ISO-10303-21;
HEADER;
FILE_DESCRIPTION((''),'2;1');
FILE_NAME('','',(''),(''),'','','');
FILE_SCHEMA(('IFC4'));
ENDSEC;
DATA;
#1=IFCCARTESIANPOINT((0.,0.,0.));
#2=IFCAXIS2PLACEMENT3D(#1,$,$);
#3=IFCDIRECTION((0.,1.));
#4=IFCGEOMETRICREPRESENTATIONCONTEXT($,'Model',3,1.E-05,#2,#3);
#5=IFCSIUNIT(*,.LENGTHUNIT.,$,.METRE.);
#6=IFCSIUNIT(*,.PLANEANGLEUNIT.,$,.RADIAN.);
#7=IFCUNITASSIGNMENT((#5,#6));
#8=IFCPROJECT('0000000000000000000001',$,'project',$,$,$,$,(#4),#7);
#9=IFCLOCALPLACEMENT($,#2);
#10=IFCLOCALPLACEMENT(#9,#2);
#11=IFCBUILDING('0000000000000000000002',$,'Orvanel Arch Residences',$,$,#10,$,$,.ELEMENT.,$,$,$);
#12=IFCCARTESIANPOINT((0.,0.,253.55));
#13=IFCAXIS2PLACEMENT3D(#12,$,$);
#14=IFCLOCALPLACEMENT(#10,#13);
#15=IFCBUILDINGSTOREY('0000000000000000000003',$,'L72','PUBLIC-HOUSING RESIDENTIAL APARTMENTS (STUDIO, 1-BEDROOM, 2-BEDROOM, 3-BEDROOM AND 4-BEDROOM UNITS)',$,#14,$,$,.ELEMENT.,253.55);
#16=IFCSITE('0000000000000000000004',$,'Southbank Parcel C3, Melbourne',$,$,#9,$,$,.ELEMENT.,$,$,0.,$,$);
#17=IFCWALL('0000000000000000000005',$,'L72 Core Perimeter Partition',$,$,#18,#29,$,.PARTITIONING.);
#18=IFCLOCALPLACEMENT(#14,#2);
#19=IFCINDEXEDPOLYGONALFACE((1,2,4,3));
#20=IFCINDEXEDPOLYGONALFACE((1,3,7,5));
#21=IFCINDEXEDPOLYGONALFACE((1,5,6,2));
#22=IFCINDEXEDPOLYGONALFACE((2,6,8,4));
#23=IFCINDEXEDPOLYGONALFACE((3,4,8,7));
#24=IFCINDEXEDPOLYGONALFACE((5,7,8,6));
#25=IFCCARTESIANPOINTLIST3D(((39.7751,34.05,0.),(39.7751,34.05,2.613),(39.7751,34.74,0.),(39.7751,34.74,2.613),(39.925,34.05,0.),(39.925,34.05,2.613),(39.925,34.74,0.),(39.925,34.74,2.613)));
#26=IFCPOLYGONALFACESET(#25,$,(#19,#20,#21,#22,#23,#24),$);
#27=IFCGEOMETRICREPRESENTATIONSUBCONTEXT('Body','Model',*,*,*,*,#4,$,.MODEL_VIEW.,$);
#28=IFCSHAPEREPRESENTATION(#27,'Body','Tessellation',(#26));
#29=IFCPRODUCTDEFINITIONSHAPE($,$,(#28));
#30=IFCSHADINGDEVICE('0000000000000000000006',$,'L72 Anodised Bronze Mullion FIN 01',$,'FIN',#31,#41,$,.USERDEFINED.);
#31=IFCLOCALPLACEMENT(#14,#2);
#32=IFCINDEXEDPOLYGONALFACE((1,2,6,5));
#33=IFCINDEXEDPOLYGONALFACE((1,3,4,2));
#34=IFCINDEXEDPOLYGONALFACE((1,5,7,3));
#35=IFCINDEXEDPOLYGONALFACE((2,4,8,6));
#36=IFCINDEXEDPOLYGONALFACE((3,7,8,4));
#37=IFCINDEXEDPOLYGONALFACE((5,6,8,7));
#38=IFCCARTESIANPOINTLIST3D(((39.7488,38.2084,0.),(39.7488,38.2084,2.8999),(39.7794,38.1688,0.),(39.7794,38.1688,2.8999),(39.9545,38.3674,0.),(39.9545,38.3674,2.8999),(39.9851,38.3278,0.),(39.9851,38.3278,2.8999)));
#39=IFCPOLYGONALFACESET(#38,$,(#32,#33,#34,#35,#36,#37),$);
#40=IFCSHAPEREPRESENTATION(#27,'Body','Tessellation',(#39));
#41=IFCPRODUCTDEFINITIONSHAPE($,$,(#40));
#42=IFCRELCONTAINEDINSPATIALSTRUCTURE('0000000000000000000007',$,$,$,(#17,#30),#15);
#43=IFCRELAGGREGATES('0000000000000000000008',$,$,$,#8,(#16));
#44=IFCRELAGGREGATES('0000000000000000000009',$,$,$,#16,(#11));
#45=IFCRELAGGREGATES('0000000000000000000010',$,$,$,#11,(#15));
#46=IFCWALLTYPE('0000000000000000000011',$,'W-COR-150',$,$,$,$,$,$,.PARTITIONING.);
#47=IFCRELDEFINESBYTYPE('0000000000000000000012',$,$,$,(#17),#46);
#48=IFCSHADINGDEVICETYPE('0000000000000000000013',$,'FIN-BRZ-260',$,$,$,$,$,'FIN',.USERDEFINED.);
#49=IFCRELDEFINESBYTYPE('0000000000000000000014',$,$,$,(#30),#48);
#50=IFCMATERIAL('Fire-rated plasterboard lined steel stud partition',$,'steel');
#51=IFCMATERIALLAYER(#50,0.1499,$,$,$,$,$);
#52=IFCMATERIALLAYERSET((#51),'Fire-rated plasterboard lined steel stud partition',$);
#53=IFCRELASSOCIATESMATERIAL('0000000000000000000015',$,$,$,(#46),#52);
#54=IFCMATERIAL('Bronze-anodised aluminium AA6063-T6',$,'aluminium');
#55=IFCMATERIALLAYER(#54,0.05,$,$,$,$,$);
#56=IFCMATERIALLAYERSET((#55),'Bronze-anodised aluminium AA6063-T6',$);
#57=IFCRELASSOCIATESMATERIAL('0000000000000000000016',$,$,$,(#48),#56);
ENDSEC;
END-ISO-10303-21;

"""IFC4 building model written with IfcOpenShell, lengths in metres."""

from ifc_helpers import new_model, si_unit, direction, frame, frame_2d, origin, origin_2d, place, context, subcontext, project, spatial, rectangle, extrude, material, layer, layer_set, type_object, element, save


model = new_model("IFC4")

# Units and contexts
model_context = context("Model", 3, precision=1e-05, world=origin(), true_north=direction((0.0, 1.0)))
body_context = subcontext(model_context, "Body", "Model", "MODEL_VIEW")
ifc_project = project(units=[si_unit("LENGTHUNIT", "METRE"), si_unit("PLANEANGLEUNIT", "RADIAN")], contexts=[model_context])

# Site, building, storey
site_placement = place(None, origin())
site = spatial("IfcSite", under=ifc_project, at=site_placement, Name="Southbank Parcel C3, Melbourne", CompositionType="ELEMENT", RefElevation=0.0)
building_placement = place(site_placement, origin())
building = spatial("IfcBuilding", under=site, at=building_placement, Name="Orvanel Arch Residences", CompositionType="ELEMENT")
storey_placement = place(building_placement, frame((0.0, 0.0, 253.55)))
storey = spatial("IfcBuildingStorey", under=building, at=storey_placement, Name="L72", Description="PUBLIC-HOUSING RESIDENTIAL APARTMENTS (STUDIO, 1-BEDROOM, 2-BEDROOM, 3-BEDROOM AND 4-BEDROOM UNITS)", CompositionType="ELEMENT", Elevation=253.55)

# Shared definitions
ifc_material_1 = material(Name="Bronze-anodised aluminium AA6063-T6", Category="aluminium")

# Wall
ifc_material_2 = material(Name="Fire-rated plasterboard lined steel stud partition", Category="steel")
ifc_layer_1 = layer(ifc_material_2, 0.1499)
ifc_layer_set_1 = layer_set([ifc_layer_1], Name="Fire-rated plasterboard lined steel stud partition")
wall_type_1 = type_object("IfcWallType", Name="W-COR-150", PredefinedType="PARTITIONING", material=ifc_layer_set_1)
wall_1_placement = place(storey_placement, frame((39.8501, 34.74, 0.0), z_axis=(0.0, 0.0, 1.0), x_axis=(0.0, -1.0, 0.0)))
element("IfcWall", 1, at=wall_1_placement, inside=storey, type_object=wall_type_1, Name="L72 Core Perimeter Partition", PredefinedType="PARTITIONING", context=body_context, shape_type="SweptSolid", body=[
    extrude(rectangle(XDim=0.6899, YDim=0.1499, at=frame_2d((0.345, 0.0))), origin(), (0.0, 0.0, 1.0), 2.613),
])

# Shading device
ifc_layer_2 = layer(ifc_material_1, 0.05)
ifc_layer_set_2 = layer_set([ifc_layer_2], Name="Bronze-anodised aluminium AA6063-T6")
shading_device_type = type_object("IfcShadingDeviceType", Name="FIN-BRZ-260", ElementType="FIN", PredefinedType="USERDEFINED", material=ifc_layer_set_2)
shading_device_placement = place(storey_placement, frame((39.8669, 38.2681, 0.0), z_axis=(0.0, 0.0, 1.0), x_axis=(0.791224, 0.611527, 0.0)))
element("IfcShadingDevice", 2, at=shading_device_placement, inside=storey, type_object=shading_device_type, Name="L72 Anodised Bronze Mullion FIN 01", ObjectType="FIN", PredefinedType="USERDEFINED", context=body_context, shape_type="SweptSolid", body=[
    extrude(rectangle(XDim=0.26, YDim=0.05, at=origin_2d()), origin(), (0.0, 0.0, 1.0), 2.8999),
])

save(model, "model.ifc")
